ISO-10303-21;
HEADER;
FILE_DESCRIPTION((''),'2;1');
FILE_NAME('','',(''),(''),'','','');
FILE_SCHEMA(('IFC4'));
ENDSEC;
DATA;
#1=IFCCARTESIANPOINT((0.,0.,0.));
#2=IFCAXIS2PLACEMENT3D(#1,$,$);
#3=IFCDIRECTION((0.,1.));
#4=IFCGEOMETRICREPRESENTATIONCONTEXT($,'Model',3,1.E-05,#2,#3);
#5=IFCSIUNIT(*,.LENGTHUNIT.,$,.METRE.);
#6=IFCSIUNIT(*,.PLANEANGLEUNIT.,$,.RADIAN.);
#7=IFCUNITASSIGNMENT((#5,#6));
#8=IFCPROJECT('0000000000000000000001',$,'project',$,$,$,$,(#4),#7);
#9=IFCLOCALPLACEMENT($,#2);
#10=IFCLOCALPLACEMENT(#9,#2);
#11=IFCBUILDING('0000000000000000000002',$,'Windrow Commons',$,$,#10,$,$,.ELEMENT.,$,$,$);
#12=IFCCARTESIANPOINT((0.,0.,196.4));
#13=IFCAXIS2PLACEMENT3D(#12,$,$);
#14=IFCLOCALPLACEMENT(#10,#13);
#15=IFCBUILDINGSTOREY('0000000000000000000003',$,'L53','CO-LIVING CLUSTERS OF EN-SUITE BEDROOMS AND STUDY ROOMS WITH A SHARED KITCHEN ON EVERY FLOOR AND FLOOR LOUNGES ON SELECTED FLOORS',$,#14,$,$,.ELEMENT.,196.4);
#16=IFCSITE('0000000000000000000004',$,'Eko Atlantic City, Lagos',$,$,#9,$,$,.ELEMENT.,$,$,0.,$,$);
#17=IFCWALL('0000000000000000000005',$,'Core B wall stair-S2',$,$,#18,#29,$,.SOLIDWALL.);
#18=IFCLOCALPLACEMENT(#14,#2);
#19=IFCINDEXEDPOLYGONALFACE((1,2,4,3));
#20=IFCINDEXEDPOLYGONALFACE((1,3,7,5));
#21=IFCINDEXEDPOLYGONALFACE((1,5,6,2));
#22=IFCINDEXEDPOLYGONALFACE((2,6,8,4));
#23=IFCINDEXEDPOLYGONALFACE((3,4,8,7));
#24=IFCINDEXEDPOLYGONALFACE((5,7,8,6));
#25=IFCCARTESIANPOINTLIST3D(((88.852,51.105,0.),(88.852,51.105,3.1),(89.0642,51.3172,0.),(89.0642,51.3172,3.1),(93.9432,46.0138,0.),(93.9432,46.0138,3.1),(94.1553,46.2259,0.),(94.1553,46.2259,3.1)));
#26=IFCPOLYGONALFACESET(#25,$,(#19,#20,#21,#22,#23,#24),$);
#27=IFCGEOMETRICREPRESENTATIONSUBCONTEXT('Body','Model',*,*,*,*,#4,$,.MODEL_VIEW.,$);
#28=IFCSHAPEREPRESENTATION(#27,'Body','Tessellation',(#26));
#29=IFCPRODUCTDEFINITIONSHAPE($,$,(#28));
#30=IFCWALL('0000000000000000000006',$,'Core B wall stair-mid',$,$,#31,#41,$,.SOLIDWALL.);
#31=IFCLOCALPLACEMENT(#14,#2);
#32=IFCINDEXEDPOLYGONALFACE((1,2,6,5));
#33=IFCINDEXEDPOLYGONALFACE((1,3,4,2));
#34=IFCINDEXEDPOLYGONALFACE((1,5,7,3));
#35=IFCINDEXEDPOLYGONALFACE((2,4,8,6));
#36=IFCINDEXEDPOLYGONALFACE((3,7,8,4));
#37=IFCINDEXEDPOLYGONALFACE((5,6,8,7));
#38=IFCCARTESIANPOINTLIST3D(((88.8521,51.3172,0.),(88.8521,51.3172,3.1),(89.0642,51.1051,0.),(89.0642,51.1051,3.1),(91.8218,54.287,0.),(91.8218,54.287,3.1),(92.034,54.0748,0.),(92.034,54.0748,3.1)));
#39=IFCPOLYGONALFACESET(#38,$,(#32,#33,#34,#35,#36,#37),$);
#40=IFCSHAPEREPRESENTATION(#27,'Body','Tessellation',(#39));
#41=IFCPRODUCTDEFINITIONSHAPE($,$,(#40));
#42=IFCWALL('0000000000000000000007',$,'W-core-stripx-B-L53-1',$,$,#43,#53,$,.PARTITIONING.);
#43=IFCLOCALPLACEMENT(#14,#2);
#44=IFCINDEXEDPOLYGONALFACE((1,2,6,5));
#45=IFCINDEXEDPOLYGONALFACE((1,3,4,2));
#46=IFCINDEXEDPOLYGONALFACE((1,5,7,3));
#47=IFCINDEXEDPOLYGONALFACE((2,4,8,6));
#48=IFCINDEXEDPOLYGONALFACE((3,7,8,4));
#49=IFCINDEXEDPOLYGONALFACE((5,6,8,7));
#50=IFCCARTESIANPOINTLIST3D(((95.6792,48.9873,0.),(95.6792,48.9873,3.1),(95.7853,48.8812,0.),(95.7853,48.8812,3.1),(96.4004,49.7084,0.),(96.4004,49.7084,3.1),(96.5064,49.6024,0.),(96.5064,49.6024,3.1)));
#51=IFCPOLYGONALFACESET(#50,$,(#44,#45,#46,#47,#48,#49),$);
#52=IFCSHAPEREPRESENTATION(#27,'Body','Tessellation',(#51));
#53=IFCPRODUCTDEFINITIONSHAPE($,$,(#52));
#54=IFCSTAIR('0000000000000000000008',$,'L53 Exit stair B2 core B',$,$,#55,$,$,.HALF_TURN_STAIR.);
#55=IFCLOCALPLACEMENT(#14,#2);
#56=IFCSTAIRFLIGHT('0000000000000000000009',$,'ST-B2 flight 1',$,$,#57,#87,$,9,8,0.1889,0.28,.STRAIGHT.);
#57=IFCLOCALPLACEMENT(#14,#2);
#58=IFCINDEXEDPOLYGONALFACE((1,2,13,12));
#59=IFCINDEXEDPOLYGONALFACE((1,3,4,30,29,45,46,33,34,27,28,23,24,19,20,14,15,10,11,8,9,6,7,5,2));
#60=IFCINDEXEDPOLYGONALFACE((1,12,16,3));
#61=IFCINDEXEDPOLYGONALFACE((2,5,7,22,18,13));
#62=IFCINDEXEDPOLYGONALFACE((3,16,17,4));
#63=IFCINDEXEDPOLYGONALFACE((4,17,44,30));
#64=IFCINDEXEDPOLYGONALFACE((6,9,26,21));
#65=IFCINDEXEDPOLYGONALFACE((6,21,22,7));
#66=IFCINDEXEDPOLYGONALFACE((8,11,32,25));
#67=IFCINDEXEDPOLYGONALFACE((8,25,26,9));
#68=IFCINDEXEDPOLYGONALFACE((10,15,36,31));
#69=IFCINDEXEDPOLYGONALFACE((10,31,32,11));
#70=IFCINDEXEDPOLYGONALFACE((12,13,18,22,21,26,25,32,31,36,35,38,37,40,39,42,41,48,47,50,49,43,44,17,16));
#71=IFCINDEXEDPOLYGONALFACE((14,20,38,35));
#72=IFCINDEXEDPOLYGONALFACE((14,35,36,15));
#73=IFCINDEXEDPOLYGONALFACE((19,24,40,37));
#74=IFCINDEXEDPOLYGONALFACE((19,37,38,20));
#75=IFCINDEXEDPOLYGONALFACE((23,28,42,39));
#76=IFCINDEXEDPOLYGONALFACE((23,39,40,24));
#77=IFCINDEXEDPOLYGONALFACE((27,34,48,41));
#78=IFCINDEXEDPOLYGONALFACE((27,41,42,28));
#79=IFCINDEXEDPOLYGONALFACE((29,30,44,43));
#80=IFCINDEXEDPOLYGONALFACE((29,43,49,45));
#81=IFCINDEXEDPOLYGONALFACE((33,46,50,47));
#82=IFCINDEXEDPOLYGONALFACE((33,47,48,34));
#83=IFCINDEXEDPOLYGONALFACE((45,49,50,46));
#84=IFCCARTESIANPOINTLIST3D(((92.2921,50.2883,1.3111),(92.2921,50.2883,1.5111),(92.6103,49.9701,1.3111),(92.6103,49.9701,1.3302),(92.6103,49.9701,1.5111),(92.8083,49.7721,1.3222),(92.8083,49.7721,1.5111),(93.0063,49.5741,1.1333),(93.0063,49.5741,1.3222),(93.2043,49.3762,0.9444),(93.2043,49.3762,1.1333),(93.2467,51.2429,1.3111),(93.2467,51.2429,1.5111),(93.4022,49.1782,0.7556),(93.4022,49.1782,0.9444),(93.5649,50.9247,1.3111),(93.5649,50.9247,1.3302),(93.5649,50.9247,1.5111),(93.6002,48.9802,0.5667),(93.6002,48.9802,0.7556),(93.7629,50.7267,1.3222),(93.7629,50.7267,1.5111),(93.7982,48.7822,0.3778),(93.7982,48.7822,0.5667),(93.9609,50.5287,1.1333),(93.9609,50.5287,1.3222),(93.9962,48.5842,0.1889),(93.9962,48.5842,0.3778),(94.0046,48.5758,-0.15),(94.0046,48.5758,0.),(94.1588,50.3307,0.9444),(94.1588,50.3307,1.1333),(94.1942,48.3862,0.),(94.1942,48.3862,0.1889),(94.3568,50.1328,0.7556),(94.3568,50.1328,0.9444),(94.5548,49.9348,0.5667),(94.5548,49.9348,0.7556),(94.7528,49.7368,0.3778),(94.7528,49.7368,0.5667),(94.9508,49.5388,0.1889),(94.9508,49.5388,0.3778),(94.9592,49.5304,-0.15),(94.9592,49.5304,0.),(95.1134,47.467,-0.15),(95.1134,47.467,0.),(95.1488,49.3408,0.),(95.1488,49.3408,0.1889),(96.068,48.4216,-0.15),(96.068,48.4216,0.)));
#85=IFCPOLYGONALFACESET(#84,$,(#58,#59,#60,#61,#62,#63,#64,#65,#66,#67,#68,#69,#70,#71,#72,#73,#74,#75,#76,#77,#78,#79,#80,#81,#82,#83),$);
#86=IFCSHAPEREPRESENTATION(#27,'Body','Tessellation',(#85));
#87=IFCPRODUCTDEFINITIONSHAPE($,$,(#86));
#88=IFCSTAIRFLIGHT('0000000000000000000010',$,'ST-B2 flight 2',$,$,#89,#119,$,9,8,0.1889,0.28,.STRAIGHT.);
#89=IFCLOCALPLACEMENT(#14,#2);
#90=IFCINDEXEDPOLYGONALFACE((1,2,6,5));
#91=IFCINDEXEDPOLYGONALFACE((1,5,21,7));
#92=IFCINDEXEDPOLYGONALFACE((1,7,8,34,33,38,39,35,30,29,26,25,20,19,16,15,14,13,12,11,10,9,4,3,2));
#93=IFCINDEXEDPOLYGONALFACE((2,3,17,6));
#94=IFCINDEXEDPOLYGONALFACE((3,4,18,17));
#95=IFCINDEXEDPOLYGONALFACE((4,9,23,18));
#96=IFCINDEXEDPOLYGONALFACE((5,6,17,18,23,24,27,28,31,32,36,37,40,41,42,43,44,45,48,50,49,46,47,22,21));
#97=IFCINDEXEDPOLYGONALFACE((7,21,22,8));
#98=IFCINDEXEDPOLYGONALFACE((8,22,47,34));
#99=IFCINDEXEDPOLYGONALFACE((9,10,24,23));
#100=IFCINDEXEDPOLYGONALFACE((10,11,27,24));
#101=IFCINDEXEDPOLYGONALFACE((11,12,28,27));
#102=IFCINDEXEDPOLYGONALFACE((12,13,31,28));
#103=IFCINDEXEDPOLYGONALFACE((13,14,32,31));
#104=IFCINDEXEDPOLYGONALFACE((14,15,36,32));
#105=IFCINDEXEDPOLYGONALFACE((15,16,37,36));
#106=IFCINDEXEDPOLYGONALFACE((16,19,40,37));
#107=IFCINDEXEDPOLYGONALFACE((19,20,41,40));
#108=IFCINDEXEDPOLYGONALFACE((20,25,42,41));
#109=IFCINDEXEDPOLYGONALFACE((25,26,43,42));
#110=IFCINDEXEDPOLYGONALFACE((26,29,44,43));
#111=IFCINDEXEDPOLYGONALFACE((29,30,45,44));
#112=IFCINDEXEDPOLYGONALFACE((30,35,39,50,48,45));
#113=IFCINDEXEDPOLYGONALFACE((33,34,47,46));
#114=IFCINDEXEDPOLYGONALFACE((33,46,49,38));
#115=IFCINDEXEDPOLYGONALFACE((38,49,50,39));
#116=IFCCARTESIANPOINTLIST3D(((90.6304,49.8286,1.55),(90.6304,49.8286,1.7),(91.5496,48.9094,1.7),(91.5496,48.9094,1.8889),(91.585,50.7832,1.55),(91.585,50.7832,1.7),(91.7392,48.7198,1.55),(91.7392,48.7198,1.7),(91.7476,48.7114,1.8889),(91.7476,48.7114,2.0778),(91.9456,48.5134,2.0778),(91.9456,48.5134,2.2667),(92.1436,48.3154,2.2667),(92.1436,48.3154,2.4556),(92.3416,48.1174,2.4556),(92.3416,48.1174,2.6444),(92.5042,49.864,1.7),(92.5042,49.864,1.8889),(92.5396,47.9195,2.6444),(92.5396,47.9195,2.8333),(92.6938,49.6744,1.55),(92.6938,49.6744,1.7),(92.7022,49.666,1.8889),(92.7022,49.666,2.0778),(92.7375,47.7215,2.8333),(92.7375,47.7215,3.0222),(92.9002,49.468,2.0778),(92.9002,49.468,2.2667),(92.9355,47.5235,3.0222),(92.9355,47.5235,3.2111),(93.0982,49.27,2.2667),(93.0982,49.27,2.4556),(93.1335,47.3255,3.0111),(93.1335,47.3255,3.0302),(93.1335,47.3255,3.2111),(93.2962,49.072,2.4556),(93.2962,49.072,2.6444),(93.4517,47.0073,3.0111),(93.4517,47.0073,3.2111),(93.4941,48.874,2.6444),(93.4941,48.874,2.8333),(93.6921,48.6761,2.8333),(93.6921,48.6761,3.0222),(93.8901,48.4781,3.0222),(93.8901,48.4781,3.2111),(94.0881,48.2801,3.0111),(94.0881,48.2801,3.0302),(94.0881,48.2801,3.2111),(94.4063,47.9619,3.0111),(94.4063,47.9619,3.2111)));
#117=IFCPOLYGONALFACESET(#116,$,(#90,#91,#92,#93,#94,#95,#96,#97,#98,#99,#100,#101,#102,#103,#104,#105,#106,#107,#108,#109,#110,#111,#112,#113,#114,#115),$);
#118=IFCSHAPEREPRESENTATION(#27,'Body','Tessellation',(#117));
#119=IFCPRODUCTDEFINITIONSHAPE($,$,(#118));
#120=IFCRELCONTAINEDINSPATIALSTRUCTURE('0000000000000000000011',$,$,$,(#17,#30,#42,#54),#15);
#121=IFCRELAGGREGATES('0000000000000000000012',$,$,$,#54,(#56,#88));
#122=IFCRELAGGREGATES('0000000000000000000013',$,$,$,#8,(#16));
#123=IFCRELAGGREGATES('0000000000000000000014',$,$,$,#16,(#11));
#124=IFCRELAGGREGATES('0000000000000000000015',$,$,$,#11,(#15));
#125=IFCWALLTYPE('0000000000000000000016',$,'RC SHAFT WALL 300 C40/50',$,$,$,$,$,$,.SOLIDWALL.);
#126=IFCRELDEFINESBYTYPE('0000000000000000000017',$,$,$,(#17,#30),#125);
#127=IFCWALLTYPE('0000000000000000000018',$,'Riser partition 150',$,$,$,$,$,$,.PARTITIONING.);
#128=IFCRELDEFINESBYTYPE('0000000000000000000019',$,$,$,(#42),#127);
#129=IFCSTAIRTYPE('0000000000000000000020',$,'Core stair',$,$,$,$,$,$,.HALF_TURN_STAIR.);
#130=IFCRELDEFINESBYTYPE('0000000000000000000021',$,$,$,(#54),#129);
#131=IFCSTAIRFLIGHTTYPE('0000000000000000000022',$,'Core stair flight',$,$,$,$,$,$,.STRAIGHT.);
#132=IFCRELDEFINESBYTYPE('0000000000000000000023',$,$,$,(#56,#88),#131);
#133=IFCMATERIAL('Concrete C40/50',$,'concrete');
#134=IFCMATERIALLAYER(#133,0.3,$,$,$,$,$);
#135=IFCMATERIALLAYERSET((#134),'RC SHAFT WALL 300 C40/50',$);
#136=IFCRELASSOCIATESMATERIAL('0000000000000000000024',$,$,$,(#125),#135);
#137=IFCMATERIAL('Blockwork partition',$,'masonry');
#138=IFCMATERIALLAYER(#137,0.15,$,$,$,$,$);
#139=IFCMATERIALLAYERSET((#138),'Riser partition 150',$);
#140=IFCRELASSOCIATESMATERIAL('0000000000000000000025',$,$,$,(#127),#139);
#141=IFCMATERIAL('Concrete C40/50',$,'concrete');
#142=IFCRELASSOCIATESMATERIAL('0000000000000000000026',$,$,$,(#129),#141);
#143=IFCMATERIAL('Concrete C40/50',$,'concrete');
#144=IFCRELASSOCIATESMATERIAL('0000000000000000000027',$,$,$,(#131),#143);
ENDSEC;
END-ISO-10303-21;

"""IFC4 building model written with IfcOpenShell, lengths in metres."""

from ifc_helpers import new_model, si_unit, direction, frame, frame_2d, origin, place, context, subcontext, project, spatial, polyline, rectangle, outline, extrude, material, layer, layer_set, type_object, element, aggregate, save


model = new_model("IFC4")

# Units and contexts
model_context = context("Model", 3, precision=1e-05, world=origin(), true_north=direction((0.0, 1.0)))
body_context = subcontext(model_context, "Body", "Model", "MODEL_VIEW")
ifc_project = project(units=[si_unit("LENGTHUNIT", "METRE"), si_unit("PLANEANGLEUNIT", "RADIAN")], contexts=[model_context])

# Site, building, storey
site_placement = place(None, origin())
site = spatial("IfcSite", under=ifc_project, at=site_placement, Name="Eko Atlantic City, Lagos", CompositionType="ELEMENT", RefElevation=0.0)
building_placement = place(site_placement, origin())
building = spatial("IfcBuilding", under=site, at=building_placement, Name="Windrow Commons", CompositionType="ELEMENT")
storey_placement = place(building_placement, frame((0.0, 0.0, 196.4)))
storey = spatial("IfcBuildingStorey", under=building, at=storey_placement, Name="L53", Description="CO-LIVING CLUSTERS OF EN-SUITE BEDROOMS AND STUDY ROOMS WITH A SHARED KITCHEN ON EVERY FLOOR AND FLOOR LOUNGES ON SELECTED FLOORS", CompositionType="ELEMENT", Elevation=196.4)

# Walls
ifc_material_1 = material(Name="Concrete C40/50", Category="concrete")
ifc_layer_1 = layer(ifc_material_1, 0.3)
ifc_layer_set_1 = layer_set([ifc_layer_1], Name="RC SHAFT WALL 300 C40/50")
wall_type_1 = type_object("IfcWallType", Name="RC SHAFT WALL 300 C40/50", PredefinedType="SOLIDWALL", material=ifc_layer_set_1)
wall_1_placement = place(storey_placement, frame((88.9581, 51.2111, 0.0), z_axis=(0.0, 0.0, 1.0), x_axis=(0.7071, -0.707114, 0.0)))
element("IfcWall", 1, at=wall_1_placement, inside=storey, type_object=wall_type_1, Name="Core B wall stair-S2", PredefinedType="SOLIDWALL", context=body_context, shape_type="SweptSolid", body=[
    extrude(rectangle(XDim=7.2, YDim=0.3, at=frame_2d((3.6, 0.0))), origin(), (0.0, 0.0, 1.0), 3.1),
])
wall_2_placement = place(storey_placement, frame((88.9581, 51.2111, 0.0), z_axis=(0.0, 0.0, 1.0), x_axis=(0.707107, 0.707107, 0.0)))
element("IfcWall", 2, at=wall_2_placement, inside=storey, type_object=wall_type_1, Name="Core B wall stair-mid", PredefinedType="SOLIDWALL", context=body_context, shape_type="SweptSolid", body=[
    extrude(rectangle(XDim=4.1999, YDim=0.3, at=frame_2d((2.1, 0.0))), origin(), (0.0, 0.0, 1.0), 3.1),
])
ifc_material_2 = material(Name="Blockwork partition", Category="masonry")
ifc_layer_2 = layer(ifc_material_2, 0.15)
ifc_layer_set_2 = layer_set([ifc_layer_2], Name="Riser partition 150")
wall_type_2 = type_object("IfcWallType", Name="Riser partition 150", PredefinedType="PARTITIONING", material=ifc_layer_set_2)
wall_3_placement = place(storey_placement, frame((95.7322, 48.9342, 0.0), z_axis=(0.0, 0.0, 1.0), x_axis=(0.707107, 0.707107, 0.0)))
element("IfcWall", 3, at=wall_3_placement, inside=storey, type_object=wall_type_2, Name="W-core-stripx-B-L53-1", PredefinedType="PARTITIONING", context=body_context, shape_type="SweptSolid", body=[
    extrude(rectangle(XDim=1.0199, YDim=0.15, at=frame_2d((0.51, 0.0))), origin(), (0.0, 0.0, 1.0), 3.1),
])

# Stair, stair flights
ifc_material_3 = material(Name="Concrete C40/50", Category="concrete")
stair_type = type_object("IfcStairType", Name="Core stair", PredefinedType="HALF_TURN_STAIR", material=ifc_material_3)
stair_placement = place(storey_placement, origin())
stair = element("IfcStair", 4, at=stair_placement, inside=storey, type_object=stair_type, Name="L53 Exit stair B2 core B", PredefinedType="HALF_TURN_STAIR")
ifc_material_4 = material(Name="Concrete C40/50", Category="concrete")
stair_flight_type = type_object("IfcStairFlightType", Name="Core stair flight", PredefinedType="STRAIGHT", material=ifc_material_4)
stair_flight_1_placement = place(storey_placement, frame((94.6715, 48.8635, 0.0), z_axis=(0.0, 0.0, 1.0), x_axis=(-0.707107, 0.707107, 0.0)))
stair_flight_1 = element("IfcStairFlight", 5, at=stair_flight_1_placement, type_object=stair_flight_type, Name="ST-B2 flight 1", NumberOfRisers=9, NumberOfTreads=8, PredefinedType="STRAIGHT", RiserHeight=0.1889, TreadLength=0.28, context=body_context, shape_type="SweptSolid", body=[
    extrude(outline(polyline([(-1.3, -0.15), (-1.3, 0.0), (0.0, 0.0), (0.0, 0.1889), (0.28, 0.1889), (0.28, 0.3778), (0.56, 0.3778), (0.56, 0.5667), (0.84, 0.5667), (0.84, 0.7556), (1.12, 0.7556), (1.12, 0.9444), (1.4, 0.9444), (1.4, 1.1333), (1.68, 1.1333), (1.68, 1.3222), (1.96, 1.3222), (1.96, 1.5111), (2.24, 1.5111), (2.69, 1.5111), (2.69, 1.3111), (2.24, 1.3111), (2.24, 1.3302), (0.2682, 0.0), (0.2682, -0.15), (-1.3, -0.15)])), frame((0.0, 0.675, 0.0), z_axis=(0.0, -1.0, 0.0), x_axis=(1.0, 0.0, 0.0)), (0.0, 0.0, 1.0), 1.35),
])
stair_flight_2_placement = place(storey_placement, frame((92.0269, 49.3867, 1.7), z_axis=(0.0, 0.0, 1.0), x_axis=(0.707107, -0.707107, 0.0)))
stair_flight_2 = element("IfcStairFlight", 6, at=stair_flight_2_placement, type_object=stair_flight_type, Name="ST-B2 flight 2", NumberOfRisers=9, NumberOfTreads=8, PredefinedType="STRAIGHT", RiserHeight=0.1889, TreadLength=0.28, context=body_context, shape_type="SweptSolid", body=[
    extrude(outline(polyline([(-1.3, -0.15), (-1.3, 0.0), (0.0, 0.0), (0.0, 0.1889), (0.28, 0.1889), (0.28, 0.3778), (0.56, 0.3778), (0.56, 0.5667), (0.84, 0.5667), (0.84, 0.7556), (1.12, 0.7556), (1.12, 0.9444), (1.4, 0.9444), (1.4, 1.1333), (1.68, 1.1333), (1.68, 1.3222), (1.96, 1.3222), (1.96, 1.5111), (2.24, 1.5111), (2.69, 1.5111), (2.69, 1.3111), (2.24, 1.3111), (2.24, 1.3302), (0.2682, 0.0), (0.2682, -0.15), (-1.3, -0.15)])), frame((0.0, 0.675, 0.0), z_axis=(0.0, -1.0, 0.0), x_axis=(1.0, 0.0, 0.0)), (0.0, 0.0, 1.0), 1.35),
])
aggregate(stair, [stair_flight_1, stair_flight_2])

save(model, "model.ifc")
